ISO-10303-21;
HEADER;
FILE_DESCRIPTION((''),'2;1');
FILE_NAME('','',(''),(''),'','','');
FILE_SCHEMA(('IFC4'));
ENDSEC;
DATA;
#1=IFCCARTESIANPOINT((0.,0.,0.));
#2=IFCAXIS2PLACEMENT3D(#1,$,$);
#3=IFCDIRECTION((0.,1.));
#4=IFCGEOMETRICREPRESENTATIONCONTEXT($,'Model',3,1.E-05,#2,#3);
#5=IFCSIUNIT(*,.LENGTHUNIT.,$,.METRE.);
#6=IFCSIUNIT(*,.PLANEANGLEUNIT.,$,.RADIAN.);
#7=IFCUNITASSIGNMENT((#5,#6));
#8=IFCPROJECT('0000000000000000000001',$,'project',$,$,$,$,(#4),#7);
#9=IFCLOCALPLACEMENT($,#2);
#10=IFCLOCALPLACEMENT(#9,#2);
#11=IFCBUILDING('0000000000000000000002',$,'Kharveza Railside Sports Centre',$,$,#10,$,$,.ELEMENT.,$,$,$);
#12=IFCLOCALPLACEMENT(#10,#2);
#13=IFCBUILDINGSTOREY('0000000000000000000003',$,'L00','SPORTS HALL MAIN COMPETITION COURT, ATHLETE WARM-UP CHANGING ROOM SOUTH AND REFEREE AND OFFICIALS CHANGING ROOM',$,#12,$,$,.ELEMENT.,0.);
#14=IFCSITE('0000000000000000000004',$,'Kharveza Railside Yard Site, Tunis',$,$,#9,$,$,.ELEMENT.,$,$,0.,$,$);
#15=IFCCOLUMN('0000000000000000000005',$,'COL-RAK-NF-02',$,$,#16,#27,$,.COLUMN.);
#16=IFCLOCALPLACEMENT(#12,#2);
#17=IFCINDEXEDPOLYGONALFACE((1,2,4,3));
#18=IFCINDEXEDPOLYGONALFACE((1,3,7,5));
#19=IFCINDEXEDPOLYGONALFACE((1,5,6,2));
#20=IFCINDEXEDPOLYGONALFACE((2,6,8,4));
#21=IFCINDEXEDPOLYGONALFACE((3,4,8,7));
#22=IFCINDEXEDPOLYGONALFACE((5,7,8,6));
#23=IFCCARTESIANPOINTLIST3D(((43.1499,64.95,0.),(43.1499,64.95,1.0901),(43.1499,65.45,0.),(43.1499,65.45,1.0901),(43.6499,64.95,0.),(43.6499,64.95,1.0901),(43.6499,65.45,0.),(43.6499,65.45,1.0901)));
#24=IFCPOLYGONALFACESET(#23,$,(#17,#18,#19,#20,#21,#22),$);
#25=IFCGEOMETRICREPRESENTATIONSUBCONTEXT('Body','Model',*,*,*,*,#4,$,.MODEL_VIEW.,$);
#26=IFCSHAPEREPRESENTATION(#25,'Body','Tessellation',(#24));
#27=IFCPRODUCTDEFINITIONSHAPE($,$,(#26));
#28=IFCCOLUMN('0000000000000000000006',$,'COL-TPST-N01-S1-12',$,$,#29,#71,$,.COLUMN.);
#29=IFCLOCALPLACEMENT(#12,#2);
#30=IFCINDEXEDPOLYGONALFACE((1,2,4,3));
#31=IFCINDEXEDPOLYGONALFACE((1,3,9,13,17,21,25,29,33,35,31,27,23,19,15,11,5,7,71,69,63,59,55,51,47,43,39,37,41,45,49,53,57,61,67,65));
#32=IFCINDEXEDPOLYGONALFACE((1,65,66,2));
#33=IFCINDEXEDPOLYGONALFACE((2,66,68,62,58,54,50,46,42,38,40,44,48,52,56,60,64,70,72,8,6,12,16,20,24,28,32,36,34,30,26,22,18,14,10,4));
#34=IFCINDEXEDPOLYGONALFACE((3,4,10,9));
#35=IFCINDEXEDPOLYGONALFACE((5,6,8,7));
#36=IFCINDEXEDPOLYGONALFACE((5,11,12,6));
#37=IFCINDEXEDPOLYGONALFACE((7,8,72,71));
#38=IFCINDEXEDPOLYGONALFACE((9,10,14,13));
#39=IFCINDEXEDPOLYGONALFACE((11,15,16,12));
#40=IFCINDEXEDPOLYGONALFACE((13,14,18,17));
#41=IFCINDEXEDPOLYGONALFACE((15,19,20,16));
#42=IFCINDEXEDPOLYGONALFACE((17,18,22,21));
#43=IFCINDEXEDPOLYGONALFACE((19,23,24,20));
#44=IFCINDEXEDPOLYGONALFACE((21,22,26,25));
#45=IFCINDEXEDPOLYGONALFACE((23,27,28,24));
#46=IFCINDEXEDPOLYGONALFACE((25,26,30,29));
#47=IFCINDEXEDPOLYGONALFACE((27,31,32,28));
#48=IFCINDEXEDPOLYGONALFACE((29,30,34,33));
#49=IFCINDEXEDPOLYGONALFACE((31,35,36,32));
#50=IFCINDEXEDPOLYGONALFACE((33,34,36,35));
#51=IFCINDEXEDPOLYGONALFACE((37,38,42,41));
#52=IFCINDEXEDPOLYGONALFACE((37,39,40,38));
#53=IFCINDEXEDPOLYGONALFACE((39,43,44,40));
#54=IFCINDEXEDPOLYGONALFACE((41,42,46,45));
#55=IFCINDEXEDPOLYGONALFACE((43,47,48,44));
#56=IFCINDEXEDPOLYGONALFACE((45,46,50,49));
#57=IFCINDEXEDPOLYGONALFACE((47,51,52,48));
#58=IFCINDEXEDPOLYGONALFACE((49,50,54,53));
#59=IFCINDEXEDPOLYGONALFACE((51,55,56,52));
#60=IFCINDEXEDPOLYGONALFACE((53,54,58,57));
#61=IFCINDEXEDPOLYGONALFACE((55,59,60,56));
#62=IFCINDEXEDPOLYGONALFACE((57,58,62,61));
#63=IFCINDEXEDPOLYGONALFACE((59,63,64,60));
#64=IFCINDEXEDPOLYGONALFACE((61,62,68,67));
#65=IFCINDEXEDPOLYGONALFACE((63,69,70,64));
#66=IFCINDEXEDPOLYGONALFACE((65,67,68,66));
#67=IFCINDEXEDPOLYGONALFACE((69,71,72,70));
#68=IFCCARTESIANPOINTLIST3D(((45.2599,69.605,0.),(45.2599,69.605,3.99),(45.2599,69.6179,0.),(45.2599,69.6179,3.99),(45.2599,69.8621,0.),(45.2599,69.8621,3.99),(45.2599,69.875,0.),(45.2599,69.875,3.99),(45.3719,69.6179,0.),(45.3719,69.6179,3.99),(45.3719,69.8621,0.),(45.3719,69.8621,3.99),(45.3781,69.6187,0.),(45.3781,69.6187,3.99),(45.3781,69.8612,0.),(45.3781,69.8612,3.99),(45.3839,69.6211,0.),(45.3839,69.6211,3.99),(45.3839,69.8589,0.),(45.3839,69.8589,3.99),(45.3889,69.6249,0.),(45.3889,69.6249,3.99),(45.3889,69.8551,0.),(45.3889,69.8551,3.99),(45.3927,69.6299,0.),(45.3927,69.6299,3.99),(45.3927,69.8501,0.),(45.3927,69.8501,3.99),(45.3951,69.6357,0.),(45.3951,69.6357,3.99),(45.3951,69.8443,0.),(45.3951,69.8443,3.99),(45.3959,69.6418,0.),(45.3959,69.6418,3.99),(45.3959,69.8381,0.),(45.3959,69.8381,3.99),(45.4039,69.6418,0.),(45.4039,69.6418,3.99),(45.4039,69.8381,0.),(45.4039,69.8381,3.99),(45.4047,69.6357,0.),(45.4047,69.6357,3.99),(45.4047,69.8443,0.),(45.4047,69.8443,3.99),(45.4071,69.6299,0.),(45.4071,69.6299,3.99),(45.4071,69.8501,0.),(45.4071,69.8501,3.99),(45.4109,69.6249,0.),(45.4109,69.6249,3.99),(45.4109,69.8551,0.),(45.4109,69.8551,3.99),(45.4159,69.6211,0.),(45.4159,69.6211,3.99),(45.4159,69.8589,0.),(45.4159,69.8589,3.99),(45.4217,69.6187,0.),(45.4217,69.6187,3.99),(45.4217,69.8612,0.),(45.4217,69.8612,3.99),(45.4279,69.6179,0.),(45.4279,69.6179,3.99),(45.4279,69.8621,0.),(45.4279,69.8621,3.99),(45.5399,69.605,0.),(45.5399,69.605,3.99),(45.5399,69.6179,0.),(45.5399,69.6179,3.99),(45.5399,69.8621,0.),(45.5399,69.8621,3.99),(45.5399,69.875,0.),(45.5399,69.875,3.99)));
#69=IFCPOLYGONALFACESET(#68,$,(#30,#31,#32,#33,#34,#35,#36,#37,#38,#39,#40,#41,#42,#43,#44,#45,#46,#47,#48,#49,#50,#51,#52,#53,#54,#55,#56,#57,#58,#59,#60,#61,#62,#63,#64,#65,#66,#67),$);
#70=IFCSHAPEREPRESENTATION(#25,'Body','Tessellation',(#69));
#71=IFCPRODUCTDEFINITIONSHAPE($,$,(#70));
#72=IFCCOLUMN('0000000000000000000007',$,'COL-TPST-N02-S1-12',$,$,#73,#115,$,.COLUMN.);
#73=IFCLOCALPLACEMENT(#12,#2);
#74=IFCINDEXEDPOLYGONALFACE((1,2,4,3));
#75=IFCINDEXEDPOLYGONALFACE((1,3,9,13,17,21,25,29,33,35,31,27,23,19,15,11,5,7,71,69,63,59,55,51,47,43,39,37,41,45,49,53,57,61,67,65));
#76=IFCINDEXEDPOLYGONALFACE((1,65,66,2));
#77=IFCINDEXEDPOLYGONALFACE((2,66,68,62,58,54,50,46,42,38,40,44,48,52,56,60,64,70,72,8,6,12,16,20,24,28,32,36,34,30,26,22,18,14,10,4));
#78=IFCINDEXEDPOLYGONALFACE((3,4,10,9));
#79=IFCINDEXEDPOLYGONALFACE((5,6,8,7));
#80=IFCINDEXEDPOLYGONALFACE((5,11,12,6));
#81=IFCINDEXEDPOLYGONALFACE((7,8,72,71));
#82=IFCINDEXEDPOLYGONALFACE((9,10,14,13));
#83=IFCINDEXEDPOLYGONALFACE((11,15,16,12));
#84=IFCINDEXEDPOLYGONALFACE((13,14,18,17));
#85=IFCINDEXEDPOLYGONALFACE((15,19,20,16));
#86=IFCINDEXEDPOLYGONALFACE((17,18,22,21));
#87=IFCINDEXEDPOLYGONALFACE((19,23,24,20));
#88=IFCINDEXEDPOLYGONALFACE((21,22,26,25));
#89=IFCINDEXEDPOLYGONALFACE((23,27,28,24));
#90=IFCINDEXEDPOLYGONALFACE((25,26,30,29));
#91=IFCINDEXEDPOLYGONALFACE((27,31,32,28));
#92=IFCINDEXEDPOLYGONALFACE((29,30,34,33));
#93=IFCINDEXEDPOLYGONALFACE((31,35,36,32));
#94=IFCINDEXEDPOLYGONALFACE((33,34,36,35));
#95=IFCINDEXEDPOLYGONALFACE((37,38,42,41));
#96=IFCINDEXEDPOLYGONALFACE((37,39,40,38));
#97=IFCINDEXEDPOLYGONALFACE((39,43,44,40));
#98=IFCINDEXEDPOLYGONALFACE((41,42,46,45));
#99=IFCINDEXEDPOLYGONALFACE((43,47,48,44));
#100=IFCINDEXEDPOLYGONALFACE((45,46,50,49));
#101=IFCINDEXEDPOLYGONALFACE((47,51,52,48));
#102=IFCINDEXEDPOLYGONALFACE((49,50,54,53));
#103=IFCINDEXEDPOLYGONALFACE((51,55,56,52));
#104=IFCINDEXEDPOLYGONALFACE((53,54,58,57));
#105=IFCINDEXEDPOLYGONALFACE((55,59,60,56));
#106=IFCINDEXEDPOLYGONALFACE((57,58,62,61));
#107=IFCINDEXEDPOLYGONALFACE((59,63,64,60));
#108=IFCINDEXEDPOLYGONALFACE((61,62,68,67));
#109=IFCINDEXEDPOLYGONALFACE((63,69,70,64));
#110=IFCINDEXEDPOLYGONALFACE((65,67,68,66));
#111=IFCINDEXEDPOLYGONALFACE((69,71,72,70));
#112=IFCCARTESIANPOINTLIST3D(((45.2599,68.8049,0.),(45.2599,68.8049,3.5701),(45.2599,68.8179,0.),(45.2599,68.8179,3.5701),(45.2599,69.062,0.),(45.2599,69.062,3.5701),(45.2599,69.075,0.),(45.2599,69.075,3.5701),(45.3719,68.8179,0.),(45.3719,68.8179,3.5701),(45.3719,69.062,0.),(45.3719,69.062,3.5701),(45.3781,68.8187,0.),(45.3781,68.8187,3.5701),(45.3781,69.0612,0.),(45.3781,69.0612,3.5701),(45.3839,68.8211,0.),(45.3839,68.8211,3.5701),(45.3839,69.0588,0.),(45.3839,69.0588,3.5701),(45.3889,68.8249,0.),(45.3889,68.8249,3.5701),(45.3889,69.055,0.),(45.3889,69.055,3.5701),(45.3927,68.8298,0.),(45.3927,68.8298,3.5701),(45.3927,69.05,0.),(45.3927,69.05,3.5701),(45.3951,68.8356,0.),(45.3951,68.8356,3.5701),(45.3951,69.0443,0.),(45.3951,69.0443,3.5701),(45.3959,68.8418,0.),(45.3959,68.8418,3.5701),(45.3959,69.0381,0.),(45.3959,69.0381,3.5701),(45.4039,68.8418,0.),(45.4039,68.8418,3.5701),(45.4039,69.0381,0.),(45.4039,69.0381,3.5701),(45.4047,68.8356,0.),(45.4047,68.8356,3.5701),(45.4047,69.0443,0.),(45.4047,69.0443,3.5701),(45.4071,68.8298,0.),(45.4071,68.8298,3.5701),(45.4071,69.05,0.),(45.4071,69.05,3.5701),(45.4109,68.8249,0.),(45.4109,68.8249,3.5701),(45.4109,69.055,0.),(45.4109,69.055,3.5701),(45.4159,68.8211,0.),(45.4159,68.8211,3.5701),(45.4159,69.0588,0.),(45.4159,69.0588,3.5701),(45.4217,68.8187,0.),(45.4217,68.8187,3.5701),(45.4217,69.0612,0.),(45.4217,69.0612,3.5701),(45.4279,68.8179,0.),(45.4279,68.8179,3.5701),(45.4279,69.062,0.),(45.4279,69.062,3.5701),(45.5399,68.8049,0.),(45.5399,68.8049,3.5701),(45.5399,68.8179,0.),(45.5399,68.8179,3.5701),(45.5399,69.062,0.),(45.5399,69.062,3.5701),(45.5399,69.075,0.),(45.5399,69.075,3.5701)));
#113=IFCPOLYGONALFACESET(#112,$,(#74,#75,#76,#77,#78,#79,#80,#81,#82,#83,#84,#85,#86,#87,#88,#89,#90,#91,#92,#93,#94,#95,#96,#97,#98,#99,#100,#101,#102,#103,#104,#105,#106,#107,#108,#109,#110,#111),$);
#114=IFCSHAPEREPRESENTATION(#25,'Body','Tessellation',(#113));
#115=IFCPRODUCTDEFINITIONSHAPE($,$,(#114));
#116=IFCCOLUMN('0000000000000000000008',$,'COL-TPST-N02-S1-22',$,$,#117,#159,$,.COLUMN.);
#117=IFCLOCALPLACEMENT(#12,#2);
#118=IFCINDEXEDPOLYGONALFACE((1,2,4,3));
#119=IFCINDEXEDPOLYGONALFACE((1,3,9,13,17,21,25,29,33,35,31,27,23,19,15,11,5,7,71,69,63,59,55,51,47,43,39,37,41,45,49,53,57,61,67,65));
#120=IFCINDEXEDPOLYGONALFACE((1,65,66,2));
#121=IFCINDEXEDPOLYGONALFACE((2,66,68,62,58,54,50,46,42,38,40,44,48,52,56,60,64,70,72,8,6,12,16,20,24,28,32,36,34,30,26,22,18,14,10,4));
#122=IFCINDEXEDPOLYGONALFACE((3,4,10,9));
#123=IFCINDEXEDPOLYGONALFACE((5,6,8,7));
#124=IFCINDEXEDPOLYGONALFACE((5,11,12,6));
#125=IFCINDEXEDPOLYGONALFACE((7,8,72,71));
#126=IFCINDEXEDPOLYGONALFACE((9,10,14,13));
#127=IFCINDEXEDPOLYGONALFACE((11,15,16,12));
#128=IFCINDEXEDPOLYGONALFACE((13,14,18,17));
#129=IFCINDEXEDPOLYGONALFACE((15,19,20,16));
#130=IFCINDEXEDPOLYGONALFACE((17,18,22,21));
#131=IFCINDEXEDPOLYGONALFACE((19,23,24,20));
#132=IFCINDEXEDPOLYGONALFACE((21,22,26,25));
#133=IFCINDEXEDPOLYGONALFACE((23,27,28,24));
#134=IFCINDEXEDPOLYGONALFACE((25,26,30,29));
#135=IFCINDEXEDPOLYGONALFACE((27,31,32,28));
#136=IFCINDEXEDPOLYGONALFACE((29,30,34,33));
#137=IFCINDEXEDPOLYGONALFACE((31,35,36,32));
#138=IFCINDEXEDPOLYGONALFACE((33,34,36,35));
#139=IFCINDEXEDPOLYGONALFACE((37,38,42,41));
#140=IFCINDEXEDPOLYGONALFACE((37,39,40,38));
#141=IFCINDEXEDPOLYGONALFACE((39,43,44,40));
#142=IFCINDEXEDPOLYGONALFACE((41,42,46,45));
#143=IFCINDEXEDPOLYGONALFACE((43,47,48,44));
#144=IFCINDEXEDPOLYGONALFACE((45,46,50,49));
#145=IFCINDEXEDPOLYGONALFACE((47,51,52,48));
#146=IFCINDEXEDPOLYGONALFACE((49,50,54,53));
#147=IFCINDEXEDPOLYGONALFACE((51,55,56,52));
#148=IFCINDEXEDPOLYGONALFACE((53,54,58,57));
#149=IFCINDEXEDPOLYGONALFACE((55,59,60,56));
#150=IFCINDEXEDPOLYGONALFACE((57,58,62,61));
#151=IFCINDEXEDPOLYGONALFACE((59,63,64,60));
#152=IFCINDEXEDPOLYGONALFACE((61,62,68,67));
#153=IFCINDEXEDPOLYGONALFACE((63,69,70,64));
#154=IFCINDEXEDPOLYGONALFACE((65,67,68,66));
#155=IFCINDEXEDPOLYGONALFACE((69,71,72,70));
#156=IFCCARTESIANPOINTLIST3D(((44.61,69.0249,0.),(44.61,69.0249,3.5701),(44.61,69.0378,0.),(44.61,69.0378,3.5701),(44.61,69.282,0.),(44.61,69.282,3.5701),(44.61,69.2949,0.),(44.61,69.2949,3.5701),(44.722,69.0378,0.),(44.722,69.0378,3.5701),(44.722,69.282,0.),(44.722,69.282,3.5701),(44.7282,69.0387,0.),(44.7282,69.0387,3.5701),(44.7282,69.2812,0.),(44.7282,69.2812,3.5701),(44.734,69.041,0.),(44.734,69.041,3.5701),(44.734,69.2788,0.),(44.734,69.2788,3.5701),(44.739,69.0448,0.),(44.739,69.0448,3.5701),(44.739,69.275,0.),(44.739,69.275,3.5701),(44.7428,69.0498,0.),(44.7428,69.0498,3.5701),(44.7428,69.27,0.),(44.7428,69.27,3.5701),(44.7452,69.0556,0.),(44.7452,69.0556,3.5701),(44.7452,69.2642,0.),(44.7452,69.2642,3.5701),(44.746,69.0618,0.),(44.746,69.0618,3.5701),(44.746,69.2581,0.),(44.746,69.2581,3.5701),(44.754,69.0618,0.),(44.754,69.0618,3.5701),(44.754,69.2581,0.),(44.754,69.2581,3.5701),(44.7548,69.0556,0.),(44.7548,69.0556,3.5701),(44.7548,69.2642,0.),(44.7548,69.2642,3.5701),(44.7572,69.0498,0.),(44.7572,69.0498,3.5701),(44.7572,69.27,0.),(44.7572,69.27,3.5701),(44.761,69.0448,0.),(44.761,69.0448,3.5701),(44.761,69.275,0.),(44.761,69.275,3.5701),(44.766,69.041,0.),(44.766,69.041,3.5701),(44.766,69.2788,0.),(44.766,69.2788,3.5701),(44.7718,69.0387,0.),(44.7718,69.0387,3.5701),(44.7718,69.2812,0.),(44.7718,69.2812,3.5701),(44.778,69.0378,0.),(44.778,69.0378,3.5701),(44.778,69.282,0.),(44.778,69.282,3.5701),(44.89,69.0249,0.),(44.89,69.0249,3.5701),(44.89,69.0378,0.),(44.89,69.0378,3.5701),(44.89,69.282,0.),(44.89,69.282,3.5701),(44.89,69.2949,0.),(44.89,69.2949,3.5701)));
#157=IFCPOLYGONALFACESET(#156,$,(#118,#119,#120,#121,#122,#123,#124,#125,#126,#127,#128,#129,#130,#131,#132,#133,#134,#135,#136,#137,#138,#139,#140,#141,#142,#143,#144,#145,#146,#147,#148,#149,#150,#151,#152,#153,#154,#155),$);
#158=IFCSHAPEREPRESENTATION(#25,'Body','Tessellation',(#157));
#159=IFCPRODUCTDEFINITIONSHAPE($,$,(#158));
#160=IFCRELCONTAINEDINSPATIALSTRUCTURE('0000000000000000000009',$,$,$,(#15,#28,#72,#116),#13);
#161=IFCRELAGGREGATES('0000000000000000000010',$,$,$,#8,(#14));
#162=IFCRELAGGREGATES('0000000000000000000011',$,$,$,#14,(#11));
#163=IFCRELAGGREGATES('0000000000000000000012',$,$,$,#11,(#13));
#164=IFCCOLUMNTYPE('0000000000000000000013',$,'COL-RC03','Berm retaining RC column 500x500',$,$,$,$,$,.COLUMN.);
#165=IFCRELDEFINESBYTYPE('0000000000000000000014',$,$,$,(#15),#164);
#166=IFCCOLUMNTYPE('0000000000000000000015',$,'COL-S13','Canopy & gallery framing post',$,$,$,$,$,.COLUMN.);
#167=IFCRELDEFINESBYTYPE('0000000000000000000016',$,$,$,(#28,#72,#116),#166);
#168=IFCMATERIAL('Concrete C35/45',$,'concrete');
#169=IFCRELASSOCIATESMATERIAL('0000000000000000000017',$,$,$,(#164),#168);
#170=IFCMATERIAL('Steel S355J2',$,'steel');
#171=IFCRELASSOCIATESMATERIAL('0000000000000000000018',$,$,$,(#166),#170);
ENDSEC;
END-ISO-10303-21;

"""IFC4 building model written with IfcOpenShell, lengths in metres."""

from ifc_helpers import new_model, si_unit, direction, frame, origin, origin_2d, place, context, subcontext, project, spatial, rectangle, i_section, extrude, material, material_profile, profile_set, type_object, element, save


model = new_model("IFC4")

# Units and contexts
model_context = context("Model", 3, precision=1e-05, world=origin(), true_north=direction((0.0, 1.0)))
body_context = subcontext(model_context, "Body", "Model", "MODEL_VIEW")
ifc_project = project(units=[si_unit("LENGTHUNIT", "METRE"), si_unit("PLANEANGLEUNIT", "RADIAN")], contexts=[model_context])

# Site, building, storey
site_placement = place(None, origin())
site = spatial("IfcSite", under=ifc_project, at=site_placement, Name="Kharveza Railside Yard Site, Tunis", CompositionType="ELEMENT", RefElevation=0.0)
building_placement = place(site_placement, origin())
building = spatial("IfcBuilding", under=site, at=building_placement, Name="Kharveza Railside Sports Centre", CompositionType="ELEMENT")
storey_placement = place(building_placement, origin())
storey = spatial("IfcBuildingStorey", under=building, at=storey_placement, Name="L00", Description="SPORTS HALL MAIN COMPETITION COURT, ATHLETE WARM-UP CHANGING ROOM SOUTH AND REFEREE AND OFFICIALS CHANGING ROOM", CompositionType="ELEMENT", Elevation=0.0)

# Columns
ifc_material_1 = material(Name="Concrete C35/45", Category="concrete")
ifc_material_profile_1 = material_profile(ifc_material_1, rectangle(XDim=0.5, YDim=0.5, at=origin_2d()), Name="RC 500x500")
ifc_profile_set_1 = profile_set([ifc_material_profile_1], Name="Concrete C35/45")
column_type_1 = type_object("IfcColumnType", Name="COL-RC03", Description="Berm retaining RC column 500x500", PredefinedType="COLUMN", material=ifc_profile_set_1)
column_1_placement = place(storey_placement, frame((43.3999, 65.2, 0.0), z_axis=(0.0, 0.0, 1.0), x_axis=(1.0, 0.0, 0.0)))
element("IfcColumn", 1, at=column_1_placement, inside=storey, type_object=column_type_1, Name="COL-RAK-NF-02", PredefinedType="COLUMN", context=body_context, shape_type="SweptSolid", body=[
    extrude(rectangle(XDim=0.5, YDim=0.5, at=origin_2d()), origin(), (0.0, 0.0, 1.0), 1.0901),
])
ifc_material_2 = material(Name="Steel S355J2", Category="steel")
ifc_material_profile_2 = material_profile(ifc_material_2, i_section(OverallWidth=0.28, OverallDepth=0.27, WebThickness=0.0081, FlangeThickness=0.0129, FilletRadius=0.0239, at=origin_2d()), Name="HEA 280")
ifc_profile_set_2 = profile_set([ifc_material_profile_2], Name="Steel S355J2")
column_type_2 = type_object("IfcColumnType", Name="COL-S13", Description="Canopy & gallery framing post", PredefinedType="COLUMN", material=ifc_profile_set_2)
column_2_placement = place(storey_placement, frame((45.3999, 69.74, 0.0), z_axis=(0.0, 0.0, 1.0), x_axis=(1.0, 0.0, 0.0)))
element("IfcColumn", 2, at=column_2_placement, inside=storey, type_object=column_type_2, Name="COL-TPST-N01-S1-12", PredefinedType="COLUMN", context=body_context, shape_type="SweptSolid", body=[
    extrude(i_section(OverallWidth=0.28, OverallDepth=0.27, WebThickness=0.0081, FlangeThickness=0.0129, FilletRadius=0.0239, at=origin_2d()), origin(), (0.0, 0.0, 1.0), 3.99),
])
for number, where, z_axis, x_axis, name in (
    (3, (45.3999, 68.9399, 0.0), (0.0, 0.0, 1.0), (1.0, 0.0, 0.0), "COL-TPST-N02-S1-12"),
    (4, (44.75, 69.1599, 0.0), (0.0, 0.0, 1.0), (1.0, 0.0, 0.0), "COL-TPST-N02-S1-22"),
):
    element("IfcColumn", number, at=place(storey_placement, frame(where, z_axis=z_axis, x_axis=x_axis)), inside=storey, type_object=column_type_2, Name=name, PredefinedType="COLUMN", context=body_context, shape_type="SweptSolid", body=[
        extrude(i_section(OverallWidth=0.28, OverallDepth=0.27, WebThickness=0.0081, FlangeThickness=0.0129, FilletRadius=0.0239, at=origin_2d()), origin(), (0.0, 0.0, 1.0), 3.5701),
    ])

save(model, "model.ifc")
